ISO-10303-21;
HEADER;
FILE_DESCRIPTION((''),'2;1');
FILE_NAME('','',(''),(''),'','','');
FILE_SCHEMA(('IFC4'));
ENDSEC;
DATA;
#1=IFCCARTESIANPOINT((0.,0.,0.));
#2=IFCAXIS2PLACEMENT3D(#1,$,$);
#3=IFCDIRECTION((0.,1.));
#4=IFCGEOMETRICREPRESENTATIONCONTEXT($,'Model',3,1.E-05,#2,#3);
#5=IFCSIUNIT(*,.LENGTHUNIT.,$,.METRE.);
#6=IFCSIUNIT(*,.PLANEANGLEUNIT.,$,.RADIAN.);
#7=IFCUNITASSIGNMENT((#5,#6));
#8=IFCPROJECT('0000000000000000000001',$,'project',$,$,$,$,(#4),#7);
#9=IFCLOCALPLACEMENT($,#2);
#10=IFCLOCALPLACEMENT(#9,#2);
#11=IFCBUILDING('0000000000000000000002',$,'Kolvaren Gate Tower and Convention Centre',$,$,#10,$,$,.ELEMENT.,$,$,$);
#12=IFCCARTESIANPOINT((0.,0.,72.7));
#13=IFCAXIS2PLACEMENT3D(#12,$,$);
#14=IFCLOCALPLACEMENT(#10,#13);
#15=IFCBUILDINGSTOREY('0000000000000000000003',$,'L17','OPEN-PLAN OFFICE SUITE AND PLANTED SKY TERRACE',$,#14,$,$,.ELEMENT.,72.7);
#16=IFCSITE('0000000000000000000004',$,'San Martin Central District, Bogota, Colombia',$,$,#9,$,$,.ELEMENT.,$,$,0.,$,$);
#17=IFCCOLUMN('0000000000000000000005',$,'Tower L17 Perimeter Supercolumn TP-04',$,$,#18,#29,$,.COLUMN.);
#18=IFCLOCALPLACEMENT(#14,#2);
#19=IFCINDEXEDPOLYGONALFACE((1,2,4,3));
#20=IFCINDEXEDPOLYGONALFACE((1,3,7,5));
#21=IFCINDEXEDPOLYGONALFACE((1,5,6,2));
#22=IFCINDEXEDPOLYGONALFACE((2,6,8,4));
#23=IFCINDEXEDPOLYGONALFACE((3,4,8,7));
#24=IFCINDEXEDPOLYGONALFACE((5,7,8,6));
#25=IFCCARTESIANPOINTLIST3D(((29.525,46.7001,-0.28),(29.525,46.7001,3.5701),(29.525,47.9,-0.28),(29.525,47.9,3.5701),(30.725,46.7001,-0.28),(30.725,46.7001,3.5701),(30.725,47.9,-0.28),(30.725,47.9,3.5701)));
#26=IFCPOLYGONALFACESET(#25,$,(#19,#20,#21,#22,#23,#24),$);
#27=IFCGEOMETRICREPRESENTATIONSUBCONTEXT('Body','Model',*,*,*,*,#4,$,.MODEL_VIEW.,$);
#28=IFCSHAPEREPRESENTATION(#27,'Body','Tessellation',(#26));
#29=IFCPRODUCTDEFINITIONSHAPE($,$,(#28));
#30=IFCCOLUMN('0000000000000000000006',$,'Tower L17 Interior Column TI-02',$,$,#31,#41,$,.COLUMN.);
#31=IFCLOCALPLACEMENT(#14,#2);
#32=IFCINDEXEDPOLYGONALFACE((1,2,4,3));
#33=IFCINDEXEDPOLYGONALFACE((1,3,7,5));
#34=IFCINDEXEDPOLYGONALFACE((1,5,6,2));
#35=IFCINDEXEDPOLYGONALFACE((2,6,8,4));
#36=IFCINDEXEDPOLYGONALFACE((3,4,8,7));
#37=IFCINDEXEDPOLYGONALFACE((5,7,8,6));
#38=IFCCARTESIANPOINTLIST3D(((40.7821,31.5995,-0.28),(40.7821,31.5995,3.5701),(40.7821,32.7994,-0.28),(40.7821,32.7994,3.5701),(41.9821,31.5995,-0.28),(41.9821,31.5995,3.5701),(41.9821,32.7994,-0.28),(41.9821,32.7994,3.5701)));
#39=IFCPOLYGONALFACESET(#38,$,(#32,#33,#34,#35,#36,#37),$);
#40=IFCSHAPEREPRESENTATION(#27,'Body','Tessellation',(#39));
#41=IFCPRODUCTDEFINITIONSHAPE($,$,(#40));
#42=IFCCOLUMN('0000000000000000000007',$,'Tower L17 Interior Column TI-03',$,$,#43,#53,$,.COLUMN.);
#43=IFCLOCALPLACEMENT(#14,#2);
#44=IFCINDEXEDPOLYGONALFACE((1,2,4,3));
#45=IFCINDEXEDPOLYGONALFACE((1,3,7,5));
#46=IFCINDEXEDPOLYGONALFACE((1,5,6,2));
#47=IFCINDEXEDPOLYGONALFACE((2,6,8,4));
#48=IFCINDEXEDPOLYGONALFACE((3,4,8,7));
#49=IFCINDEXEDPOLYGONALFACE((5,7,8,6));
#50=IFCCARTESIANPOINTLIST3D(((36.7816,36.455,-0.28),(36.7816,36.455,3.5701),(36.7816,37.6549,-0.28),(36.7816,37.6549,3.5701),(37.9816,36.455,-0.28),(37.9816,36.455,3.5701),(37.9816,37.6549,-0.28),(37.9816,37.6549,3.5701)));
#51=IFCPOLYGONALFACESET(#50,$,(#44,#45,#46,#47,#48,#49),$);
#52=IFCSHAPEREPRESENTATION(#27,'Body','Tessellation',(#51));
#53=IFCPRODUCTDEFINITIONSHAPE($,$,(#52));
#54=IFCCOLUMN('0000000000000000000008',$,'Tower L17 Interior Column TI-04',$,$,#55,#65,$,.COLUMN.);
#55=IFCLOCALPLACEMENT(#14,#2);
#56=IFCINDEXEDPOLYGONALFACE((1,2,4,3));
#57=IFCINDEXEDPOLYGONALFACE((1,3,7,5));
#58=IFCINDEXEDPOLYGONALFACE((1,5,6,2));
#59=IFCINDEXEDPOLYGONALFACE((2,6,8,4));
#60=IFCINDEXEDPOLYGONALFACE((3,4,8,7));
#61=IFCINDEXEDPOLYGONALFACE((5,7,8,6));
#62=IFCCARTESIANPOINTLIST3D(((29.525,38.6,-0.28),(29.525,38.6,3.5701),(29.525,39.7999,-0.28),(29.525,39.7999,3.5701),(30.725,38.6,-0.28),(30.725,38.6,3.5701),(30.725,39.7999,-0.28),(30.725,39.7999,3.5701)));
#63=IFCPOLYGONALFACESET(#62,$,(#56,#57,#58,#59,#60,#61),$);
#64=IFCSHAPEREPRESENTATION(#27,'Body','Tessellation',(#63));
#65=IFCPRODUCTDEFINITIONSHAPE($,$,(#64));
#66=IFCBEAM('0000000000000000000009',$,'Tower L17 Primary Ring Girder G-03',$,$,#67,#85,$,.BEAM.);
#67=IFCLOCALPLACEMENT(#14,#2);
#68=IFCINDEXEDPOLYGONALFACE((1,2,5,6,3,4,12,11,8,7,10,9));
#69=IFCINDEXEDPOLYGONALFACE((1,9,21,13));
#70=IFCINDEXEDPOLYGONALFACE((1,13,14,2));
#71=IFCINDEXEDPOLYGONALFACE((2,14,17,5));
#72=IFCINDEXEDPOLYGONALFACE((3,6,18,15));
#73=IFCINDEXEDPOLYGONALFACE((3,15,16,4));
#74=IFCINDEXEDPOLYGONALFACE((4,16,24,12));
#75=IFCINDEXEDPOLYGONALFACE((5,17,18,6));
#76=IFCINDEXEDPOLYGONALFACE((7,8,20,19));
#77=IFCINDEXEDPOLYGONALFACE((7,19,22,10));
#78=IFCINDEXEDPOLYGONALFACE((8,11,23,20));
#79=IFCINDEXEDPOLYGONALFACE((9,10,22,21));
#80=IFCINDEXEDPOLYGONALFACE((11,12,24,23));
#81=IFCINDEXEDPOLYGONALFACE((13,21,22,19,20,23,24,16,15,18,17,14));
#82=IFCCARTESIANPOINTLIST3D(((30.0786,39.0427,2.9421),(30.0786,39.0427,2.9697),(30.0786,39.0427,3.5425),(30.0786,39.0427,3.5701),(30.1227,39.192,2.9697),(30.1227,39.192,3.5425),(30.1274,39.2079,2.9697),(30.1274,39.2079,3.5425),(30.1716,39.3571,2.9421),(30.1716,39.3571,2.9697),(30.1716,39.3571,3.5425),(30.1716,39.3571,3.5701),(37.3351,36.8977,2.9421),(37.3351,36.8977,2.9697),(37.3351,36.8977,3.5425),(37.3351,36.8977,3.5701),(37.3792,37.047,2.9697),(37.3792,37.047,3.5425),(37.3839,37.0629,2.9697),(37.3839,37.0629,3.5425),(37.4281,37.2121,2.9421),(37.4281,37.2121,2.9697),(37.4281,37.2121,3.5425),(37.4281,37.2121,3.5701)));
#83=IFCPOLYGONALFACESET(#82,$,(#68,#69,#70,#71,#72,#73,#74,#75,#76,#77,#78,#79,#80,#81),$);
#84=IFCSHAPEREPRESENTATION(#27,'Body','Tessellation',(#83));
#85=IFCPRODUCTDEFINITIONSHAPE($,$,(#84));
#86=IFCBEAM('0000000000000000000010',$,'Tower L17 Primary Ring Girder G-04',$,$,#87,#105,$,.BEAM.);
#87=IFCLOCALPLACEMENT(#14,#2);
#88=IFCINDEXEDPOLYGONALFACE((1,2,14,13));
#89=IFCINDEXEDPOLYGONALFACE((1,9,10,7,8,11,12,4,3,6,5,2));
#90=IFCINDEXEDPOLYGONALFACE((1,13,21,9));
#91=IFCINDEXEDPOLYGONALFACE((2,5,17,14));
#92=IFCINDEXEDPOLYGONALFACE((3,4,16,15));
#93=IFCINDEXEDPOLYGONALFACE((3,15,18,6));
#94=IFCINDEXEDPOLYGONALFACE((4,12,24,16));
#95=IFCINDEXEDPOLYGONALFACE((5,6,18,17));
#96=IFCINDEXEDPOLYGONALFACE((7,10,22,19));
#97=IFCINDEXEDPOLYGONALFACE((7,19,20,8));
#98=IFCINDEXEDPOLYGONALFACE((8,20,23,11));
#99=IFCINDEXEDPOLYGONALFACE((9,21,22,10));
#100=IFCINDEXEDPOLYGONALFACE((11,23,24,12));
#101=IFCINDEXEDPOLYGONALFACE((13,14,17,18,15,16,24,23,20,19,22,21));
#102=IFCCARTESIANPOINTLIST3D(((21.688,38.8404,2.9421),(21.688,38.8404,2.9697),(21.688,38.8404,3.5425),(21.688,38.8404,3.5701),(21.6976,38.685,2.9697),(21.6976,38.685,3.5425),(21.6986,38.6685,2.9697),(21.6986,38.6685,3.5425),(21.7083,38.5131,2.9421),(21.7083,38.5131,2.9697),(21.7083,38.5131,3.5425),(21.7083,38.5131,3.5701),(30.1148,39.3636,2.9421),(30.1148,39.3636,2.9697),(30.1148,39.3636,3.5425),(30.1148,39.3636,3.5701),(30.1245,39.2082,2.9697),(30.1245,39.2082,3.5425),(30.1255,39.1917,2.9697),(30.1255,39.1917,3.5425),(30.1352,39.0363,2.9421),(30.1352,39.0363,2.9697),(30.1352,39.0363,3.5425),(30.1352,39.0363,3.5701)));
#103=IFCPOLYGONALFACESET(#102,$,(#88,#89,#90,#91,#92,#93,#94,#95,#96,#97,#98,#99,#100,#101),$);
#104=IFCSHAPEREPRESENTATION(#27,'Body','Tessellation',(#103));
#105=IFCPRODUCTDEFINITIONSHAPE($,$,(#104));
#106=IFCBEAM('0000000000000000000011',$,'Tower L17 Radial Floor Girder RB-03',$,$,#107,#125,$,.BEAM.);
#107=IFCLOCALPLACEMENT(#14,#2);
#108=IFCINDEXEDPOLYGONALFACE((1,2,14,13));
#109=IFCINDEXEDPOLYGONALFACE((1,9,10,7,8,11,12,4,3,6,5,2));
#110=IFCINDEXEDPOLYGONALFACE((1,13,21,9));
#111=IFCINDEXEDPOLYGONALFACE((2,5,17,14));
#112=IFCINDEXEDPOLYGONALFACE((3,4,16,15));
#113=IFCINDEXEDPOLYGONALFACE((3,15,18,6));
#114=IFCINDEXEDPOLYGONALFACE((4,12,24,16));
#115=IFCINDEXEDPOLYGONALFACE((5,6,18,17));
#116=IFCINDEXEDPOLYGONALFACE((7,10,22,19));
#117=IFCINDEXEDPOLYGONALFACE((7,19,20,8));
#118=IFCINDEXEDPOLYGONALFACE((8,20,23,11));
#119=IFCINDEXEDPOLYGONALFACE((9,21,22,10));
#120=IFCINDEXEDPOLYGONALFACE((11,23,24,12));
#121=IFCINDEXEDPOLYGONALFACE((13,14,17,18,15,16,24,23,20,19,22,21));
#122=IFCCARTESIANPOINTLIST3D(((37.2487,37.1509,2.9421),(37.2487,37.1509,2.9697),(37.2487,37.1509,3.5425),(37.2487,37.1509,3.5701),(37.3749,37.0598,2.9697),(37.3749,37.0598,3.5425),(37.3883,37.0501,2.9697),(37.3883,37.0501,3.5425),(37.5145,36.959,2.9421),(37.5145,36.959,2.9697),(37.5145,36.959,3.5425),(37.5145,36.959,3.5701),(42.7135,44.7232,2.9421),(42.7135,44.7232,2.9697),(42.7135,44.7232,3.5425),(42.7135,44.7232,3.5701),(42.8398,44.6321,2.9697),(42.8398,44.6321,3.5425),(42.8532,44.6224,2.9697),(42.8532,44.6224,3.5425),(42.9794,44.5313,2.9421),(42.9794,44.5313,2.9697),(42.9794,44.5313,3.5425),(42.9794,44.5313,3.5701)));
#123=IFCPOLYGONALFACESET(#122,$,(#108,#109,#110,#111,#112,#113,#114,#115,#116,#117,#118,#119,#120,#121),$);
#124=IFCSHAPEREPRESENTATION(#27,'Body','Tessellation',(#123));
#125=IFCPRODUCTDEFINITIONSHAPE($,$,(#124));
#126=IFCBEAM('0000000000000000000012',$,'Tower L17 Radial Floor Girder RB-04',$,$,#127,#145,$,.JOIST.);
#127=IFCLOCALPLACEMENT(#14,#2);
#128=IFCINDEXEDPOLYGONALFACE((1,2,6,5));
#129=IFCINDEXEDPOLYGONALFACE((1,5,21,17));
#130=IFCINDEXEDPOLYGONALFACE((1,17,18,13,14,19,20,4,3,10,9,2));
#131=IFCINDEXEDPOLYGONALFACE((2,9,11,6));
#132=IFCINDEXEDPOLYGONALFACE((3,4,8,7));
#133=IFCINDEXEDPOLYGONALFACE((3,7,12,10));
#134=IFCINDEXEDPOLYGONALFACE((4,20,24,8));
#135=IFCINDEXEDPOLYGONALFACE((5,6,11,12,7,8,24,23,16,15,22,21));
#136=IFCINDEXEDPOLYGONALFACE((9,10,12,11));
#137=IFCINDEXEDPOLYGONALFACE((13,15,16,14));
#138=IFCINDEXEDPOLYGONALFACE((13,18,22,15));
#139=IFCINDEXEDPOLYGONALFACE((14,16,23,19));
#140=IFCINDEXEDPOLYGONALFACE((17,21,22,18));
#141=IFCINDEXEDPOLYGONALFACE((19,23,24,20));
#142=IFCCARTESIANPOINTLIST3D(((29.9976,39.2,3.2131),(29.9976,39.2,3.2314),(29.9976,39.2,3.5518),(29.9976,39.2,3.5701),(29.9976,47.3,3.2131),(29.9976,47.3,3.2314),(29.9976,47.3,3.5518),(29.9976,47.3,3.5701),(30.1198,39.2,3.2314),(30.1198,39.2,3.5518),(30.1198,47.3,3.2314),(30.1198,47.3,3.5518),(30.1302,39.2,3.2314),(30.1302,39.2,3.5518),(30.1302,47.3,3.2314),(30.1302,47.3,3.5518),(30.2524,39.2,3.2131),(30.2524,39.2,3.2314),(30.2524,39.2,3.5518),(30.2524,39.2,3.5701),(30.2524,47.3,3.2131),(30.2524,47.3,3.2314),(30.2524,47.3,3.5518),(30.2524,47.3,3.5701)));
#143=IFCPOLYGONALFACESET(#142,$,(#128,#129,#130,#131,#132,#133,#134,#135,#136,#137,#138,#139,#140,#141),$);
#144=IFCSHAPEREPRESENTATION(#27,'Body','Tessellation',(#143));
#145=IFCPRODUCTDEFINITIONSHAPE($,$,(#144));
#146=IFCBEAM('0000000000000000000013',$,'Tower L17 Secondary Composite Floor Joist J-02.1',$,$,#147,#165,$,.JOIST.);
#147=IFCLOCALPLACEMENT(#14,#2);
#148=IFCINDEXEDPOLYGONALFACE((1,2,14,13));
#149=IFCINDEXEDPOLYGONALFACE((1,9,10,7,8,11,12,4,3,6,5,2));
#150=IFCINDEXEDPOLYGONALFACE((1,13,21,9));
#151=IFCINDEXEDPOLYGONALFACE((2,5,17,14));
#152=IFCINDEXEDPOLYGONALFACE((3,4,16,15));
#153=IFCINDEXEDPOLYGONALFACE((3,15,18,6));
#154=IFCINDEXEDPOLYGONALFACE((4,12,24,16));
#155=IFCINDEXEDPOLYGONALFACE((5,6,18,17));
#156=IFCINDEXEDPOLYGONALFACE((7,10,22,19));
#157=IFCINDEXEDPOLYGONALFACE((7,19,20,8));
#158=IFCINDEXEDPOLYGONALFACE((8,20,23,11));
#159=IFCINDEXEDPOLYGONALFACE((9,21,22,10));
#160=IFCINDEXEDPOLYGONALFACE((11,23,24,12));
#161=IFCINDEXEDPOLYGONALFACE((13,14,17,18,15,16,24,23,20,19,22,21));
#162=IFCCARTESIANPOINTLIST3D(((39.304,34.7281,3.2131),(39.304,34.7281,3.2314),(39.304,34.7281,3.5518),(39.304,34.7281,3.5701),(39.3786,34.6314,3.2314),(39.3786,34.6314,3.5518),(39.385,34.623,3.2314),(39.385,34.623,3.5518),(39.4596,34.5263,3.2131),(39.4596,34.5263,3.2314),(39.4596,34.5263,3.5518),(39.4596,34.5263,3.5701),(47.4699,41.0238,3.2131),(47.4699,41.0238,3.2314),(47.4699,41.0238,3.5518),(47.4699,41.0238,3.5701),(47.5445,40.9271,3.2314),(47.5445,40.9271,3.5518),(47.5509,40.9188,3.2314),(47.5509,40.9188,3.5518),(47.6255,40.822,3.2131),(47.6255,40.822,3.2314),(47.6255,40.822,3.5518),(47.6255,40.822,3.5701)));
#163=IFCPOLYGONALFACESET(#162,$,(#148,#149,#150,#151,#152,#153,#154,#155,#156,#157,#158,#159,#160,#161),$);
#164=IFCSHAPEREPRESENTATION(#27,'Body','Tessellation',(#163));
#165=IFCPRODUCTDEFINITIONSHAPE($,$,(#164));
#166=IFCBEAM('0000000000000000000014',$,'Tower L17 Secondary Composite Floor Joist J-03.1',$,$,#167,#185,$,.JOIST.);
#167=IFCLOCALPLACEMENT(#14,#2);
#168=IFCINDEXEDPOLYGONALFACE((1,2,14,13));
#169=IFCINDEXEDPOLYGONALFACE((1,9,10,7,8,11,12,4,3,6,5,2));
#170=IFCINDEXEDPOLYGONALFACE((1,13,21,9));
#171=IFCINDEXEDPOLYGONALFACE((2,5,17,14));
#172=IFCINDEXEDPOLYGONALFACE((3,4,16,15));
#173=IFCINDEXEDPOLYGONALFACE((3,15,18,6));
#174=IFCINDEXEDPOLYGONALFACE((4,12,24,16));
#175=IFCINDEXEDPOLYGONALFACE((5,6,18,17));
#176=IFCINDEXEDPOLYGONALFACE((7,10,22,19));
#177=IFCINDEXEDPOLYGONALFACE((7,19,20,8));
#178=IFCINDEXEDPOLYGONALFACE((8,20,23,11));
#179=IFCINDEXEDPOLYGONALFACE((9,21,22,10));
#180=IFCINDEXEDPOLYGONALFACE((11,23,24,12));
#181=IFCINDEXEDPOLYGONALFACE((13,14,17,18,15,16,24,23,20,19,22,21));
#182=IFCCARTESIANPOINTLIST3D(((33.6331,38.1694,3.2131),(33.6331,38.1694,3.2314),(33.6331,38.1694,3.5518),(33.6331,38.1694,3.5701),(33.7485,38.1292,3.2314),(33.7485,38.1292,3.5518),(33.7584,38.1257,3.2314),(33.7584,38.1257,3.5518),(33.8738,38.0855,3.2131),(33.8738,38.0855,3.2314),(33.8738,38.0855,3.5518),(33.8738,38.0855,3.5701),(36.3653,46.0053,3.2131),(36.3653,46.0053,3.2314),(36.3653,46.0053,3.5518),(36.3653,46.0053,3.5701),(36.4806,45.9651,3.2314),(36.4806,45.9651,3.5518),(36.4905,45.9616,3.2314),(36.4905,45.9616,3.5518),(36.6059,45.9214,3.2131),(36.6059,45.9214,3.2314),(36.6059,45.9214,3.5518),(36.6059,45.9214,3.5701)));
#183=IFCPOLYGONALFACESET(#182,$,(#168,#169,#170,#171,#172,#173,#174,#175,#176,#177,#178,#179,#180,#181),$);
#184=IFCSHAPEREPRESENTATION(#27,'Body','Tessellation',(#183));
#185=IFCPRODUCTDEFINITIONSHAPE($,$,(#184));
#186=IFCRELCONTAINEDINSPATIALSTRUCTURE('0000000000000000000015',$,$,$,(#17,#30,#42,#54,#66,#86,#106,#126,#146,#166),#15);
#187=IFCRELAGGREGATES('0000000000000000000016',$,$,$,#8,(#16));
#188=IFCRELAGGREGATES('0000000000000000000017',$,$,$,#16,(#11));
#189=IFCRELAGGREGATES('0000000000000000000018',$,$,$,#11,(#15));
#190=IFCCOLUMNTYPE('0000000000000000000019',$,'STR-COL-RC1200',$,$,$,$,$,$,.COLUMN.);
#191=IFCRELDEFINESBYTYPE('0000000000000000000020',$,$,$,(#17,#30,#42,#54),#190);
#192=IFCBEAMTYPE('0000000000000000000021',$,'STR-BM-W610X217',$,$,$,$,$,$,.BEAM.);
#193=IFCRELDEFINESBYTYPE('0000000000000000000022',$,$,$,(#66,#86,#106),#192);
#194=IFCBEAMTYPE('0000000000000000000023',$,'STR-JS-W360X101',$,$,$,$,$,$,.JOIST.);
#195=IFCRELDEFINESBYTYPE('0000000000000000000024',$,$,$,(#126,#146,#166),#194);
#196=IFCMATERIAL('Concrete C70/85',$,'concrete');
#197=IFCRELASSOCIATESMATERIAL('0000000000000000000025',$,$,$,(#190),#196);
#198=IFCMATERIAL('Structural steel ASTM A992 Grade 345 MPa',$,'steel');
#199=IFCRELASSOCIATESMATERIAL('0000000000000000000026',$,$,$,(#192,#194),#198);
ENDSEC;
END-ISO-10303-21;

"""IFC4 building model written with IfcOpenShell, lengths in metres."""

from ifc_helpers import new_model, si_unit, direction, frame, origin, origin_2d, place, context, subcontext, project, spatial, rectangle, i_section, extrude, material, material_profile, profile_set, type_object, element, save


model = new_model("IFC4")

# Units and contexts
model_context = context("Model", 3, precision=1e-05, world=origin(), true_north=direction((0.0, 1.0)))
body_context = subcontext(model_context, "Body", "Model", "MODEL_VIEW")
ifc_project = project(units=[si_unit("LENGTHUNIT", "METRE"), si_unit("PLANEANGLEUNIT", "RADIAN")], contexts=[model_context])

# Site, building, storey
site_placement = place(None, origin())
site = spatial("IfcSite", under=ifc_project, at=site_placement, Name="San Martin Central District, Bogota, Colombia", CompositionType="ELEMENT", RefElevation=0.0)
building_placement = place(site_placement, origin())
building = spatial("IfcBuilding", under=site, at=building_placement, Name="Kolvaren Gate Tower and Convention Centre", CompositionType="ELEMENT")
storey_placement = place(building_placement, frame((0.0, 0.0, 72.7)))
storey = spatial("IfcBuildingStorey", under=building, at=storey_placement, Name="L17", Description="OPEN-PLAN OFFICE SUITE AND PLANTED SKY TERRACE", CompositionType="ELEMENT", Elevation=72.7)

# Columns
ifc_material_1 = material(Name="Concrete C70/85", Category="concrete")
ifc_material_profile_1 = material_profile(ifc_material_1, rectangle(XDim=1.2, YDim=1.2, at=origin_2d()), Name="RC-COL-1200X1200")
ifc_profile_set_1 = profile_set([ifc_material_profile_1], Name="Concrete C70/85")
column_type = type_object("IfcColumnType", Name="STR-COL-RC1200", PredefinedType="COLUMN", material=ifc_profile_set_1)
for number, where, z_axis, x_axis, name in (
    (1, (30.125, 47.3, -0.28), (0.0, 0.0, 1.0), (1.0, 0.0, 0.0), "Tower L17 Perimeter Supercolumn TP-04"),
    (2, (41.3821, 32.1995, -0.28), (0.0, 0.0, 1.0), (1.0, 0.0, 0.0), "Tower L17 Interior Column TI-02"),
    (3, (37.3816, 37.0549, -0.28), (0.0, 0.0, 1.0), (1.0, 0.0, 0.0), "Tower L17 Interior Column TI-03"),
    (4, (30.125, 39.2, -0.28), (0.0, 0.0, 1.0), (1.0, 0.0, 0.0), "Tower L17 Interior Column TI-04"),
):
    element("IfcColumn", number, at=place(storey_placement, frame(where, z_axis=z_axis, x_axis=x_axis)), inside=storey, type_object=column_type, Name=name, PredefinedType="COLUMN", context=body_context, shape_type="SweptSolid", body=[
        extrude(rectangle(XDim=1.2, YDim=1.2, at=origin_2d()), origin(), (0.0, 0.0, 1.0), 3.8501),
    ])

# Beams
ifc_material_2 = material(Name="Structural steel ASTM A992 Grade 345 MPa", Category="steel")
ifc_material_profile_2 = material_profile(ifc_material_2, i_section(OverallWidth=0.3279, OverallDepth=0.6279, WebThickness=0.0166, FlangeThickness=0.0276, at=origin_2d()), Name="W610X217")
ifc_profile_set_2 = profile_set([ifc_material_profile_2], Name="Structural steel ASTM A992 Grade 345 MPa")
beam_type_1 = type_object("IfcBeamType", Name="STR-BM-W610X217", PredefinedType="BEAM", material=ifc_profile_set_2)
beam_1_placement = place(storey_placement, frame((37.3816, 37.0549, 3.2561), z_axis=(-0.958981, 0.283471, 0.0), x_axis=(-0.283471, -0.958981, 0.0)))
element("IfcBeam", 5, at=beam_1_placement, inside=storey, type_object=beam_type_1, Name="Tower L17 Primary Ring Girder G-03", PredefinedType="BEAM", context=body_context, shape_type="SweptSolid", body=[
    extrude(i_section(OverallWidth=0.3279, OverallDepth=0.6279, WebThickness=0.0166, FlangeThickness=0.0276, at=origin_2d()), origin(), (0.0, 0.0, 1.0), 7.5669),
])
beam_2_placement = place(storey_placement, frame((30.125, 39.2, 3.2561), z_axis=(-0.998078, -0.061966, 0.0), x_axis=(0.061966, -0.998078, 0.0)))
element("IfcBeam", 6, at=beam_2_placement, inside=storey, type_object=beam_type_1, Name="Tower L17 Primary Ring Girder G-04", PredefinedType="BEAM", context=body_context, shape_type="SweptSolid", body=[
    extrude(i_section(OverallWidth=0.3279, OverallDepth=0.6279, WebThickness=0.0166, FlangeThickness=0.0276, at=origin_2d()), origin(), (0.0, 0.0, 1.0), 8.4431),
])
beam_3_placement = place(storey_placement, frame((37.3816, 37.0549, 3.2561), z_axis=(0.585208, 0.810883, 0.0), x_axis=(-0.810883, 0.585208, 0.0)))
element("IfcBeam", 7, at=beam_3_placement, inside=storey, type_object=beam_type_1, Name="Tower L17 Radial Floor Girder RB-03", PredefinedType="BEAM", context=body_context, shape_type="SweptSolid", body=[
    extrude(i_section(OverallWidth=0.3279, OverallDepth=0.6279, WebThickness=0.0166, FlangeThickness=0.0276, at=origin_2d()), origin(), (0.0, 0.0, 1.0), 9.3384),
])
ifc_material_profile_3 = material_profile(ifc_material_2, i_section(OverallWidth=0.2549, OverallDepth=0.3569, WebThickness=0.0105, FlangeThickness=0.0183, at=origin_2d()), Name="W360X101")
ifc_profile_set_3 = profile_set([ifc_material_profile_3], Name="Structural steel ASTM A992 Grade 345 MPa")
beam_type_2 = type_object("IfcBeamType", Name="STR-JS-W360X101", PredefinedType="JOIST", material=ifc_profile_set_3)
beam_4_placement = place(storey_placement, frame((30.125, 39.2, 3.3916), z_axis=(0.0, 1.0, 0.0), x_axis=(-1.0, 0.0, 0.0)))
element("IfcBeam", 8, at=beam_4_placement, inside=storey, type_object=beam_type_2, Name="Tower L17 Radial Floor Girder RB-04", PredefinedType="JOIST", context=body_context, shape_type="SweptSolid", body=[
    extrude(i_section(OverallWidth=0.2549, OverallDepth=0.3569, WebThickness=0.0105, FlangeThickness=0.0183, at=origin_2d()), origin(), (0.0, 0.0, 1.0), 8.1001),
])
beam_5_placement = place(storey_placement, frame((39.3818, 34.6272, 3.3916), z_axis=(0.791954, 0.610581, 0.0), x_axis=(-0.610581, 0.791954, 0.0)))
element("IfcBeam", 9, at=beam_5_placement, inside=storey, type_object=beam_type_2, Name="Tower L17 Secondary Composite Floor Joist J-02.1", PredefinedType="JOIST", context=body_context, shape_type="SweptSolid", body=[
    extrude(i_section(OverallWidth=0.2549, OverallDepth=0.3569, WebThickness=0.0105, FlangeThickness=0.0183, at=origin_2d()), origin(), (0.0, 0.0, 1.0), 10.311),
])
beam_6_placement = place(storey_placement, frame((33.7534, 38.1274, 3.3916), z_axis=(0.329234, 0.944248, 0.0), x_axis=(-0.944248, 0.329234, 0.0)))
element("IfcBeam", 10, at=beam_6_placement, inside=storey, type_object=beam_type_2, Name="Tower L17 Secondary Composite Floor Joist J-03.1", PredefinedType="JOIST", context=body_context, shape_type="SweptSolid", body=[
    extrude(i_section(OverallWidth=0.2549, OverallDepth=0.3569, WebThickness=0.0105, FlangeThickness=0.0183, at=origin_2d()), origin(), (0.0, 0.0, 1.0), 8.2986),
])

save(model, "model.ifc")
